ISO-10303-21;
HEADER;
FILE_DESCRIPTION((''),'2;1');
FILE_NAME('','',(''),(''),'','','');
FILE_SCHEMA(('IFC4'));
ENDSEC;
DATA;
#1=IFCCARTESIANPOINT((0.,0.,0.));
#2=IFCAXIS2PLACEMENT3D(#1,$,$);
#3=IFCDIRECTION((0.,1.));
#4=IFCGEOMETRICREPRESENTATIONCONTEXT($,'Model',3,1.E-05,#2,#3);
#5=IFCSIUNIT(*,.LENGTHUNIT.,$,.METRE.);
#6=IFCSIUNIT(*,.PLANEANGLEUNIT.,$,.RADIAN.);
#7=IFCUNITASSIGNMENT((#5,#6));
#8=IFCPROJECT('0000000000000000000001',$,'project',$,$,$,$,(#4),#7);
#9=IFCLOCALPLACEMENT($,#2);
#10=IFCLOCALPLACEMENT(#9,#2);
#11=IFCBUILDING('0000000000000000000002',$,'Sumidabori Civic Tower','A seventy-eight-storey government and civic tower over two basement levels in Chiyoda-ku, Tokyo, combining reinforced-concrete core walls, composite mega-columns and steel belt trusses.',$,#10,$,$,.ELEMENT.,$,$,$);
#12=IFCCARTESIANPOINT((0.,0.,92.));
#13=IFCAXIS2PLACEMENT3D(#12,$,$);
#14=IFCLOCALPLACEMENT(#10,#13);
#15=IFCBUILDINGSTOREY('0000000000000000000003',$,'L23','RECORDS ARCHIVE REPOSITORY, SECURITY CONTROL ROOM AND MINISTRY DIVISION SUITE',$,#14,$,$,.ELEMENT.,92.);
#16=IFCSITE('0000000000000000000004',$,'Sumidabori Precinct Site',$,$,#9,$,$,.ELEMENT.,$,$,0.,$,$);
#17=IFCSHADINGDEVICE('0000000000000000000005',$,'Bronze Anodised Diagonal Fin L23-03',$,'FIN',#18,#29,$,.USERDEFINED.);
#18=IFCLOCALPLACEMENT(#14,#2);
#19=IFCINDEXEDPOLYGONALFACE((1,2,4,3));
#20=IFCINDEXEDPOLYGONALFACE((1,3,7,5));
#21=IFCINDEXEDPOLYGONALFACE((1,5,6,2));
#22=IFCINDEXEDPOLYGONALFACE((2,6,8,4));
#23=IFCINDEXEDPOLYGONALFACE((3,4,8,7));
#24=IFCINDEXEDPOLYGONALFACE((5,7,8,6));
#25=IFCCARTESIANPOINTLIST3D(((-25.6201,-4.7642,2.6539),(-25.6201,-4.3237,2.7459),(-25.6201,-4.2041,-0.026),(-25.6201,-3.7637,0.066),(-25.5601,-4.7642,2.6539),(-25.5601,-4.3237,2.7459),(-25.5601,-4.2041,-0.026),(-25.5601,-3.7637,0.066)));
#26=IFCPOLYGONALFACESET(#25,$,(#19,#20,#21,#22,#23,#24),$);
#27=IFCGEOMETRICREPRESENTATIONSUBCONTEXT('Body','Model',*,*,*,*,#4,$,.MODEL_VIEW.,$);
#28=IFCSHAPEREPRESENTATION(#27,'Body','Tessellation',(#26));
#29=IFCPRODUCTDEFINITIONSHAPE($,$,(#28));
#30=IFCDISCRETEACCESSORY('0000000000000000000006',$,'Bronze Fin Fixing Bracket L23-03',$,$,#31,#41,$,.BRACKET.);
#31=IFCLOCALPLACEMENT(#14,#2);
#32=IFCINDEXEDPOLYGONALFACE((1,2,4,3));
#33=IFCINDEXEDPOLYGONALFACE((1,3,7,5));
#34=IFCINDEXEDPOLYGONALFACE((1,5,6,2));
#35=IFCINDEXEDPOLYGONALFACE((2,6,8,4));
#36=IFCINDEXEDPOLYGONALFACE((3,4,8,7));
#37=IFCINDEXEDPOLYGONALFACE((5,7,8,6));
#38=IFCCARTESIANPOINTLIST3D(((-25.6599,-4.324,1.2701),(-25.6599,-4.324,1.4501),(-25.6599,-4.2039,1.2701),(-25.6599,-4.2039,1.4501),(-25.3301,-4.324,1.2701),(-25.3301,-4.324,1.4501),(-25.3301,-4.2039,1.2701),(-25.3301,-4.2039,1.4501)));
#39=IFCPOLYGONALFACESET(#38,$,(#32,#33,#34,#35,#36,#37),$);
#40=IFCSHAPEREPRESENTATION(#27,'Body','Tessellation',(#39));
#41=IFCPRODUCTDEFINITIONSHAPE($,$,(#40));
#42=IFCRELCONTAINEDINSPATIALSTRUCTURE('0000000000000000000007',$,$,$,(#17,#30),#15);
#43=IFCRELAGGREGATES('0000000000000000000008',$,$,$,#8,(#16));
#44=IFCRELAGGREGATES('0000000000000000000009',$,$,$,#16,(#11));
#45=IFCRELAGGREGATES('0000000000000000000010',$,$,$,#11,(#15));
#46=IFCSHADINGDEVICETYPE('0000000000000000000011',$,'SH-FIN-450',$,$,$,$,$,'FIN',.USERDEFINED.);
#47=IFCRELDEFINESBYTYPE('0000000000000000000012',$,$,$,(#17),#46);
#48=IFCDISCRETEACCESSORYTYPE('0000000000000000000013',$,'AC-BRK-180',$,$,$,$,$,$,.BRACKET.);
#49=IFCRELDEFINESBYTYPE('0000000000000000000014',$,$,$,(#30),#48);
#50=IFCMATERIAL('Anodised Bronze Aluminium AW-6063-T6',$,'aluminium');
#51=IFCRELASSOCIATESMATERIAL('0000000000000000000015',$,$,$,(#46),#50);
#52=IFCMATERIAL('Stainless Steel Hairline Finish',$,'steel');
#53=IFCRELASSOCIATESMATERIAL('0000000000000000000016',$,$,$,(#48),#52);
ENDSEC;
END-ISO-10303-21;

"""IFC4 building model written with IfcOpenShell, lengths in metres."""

from ifc_helpers import new_model, si_unit, direction, frame, origin, origin_2d, place, context, subcontext, project, spatial, rectangle, extrude, source, transform, mapped, material, material_profile, profile_set, type_object, element, save


model = new_model("IFC4")

# Units and contexts
model_context = context("Model", 3, precision=1e-05, world=origin(), true_north=direction((0.0, 1.0)))
body_context = subcontext(model_context, "Body", "Model", "MODEL_VIEW")
ifc_project = project(units=[si_unit("LENGTHUNIT", "METRE"), si_unit("PLANEANGLEUNIT", "RADIAN")], contexts=[model_context])

# Site, building, storey
site_placement = place(None, origin())
site = spatial("IfcSite", under=ifc_project, at=site_placement, Name="Sumidabori Precinct Site", CompositionType="ELEMENT", RefElevation=0.0)
building_placement = place(site_placement, origin())
building = spatial("IfcBuilding", under=site, at=building_placement, Name="Sumidabori Civic Tower", Description="A seventy-eight-storey government and civic tower over two basement levels in Chiyoda-ku, Tokyo, combining reinforced-concrete core walls, composite mega-columns and steel belt trusses.", CompositionType="ELEMENT")
storey_placement = place(building_placement, frame((0.0, 0.0, 92.0)))
storey = spatial("IfcBuildingStorey", under=building, at=storey_placement, Name="L23", Description="RECORDS ARCHIVE REPOSITORY, SECURITY CONTROL ROOM AND MINISTRY DIVISION SUITE", CompositionType="ELEMENT", Elevation=92.0)

# Shared definitions
ifc_material_1 = material(Name="Anodised Bronze Aluminium AW-6063-T6", Category="aluminium")

# Shading device
ifc_material_profile_1 = material_profile(ifc_material_1, rectangle(XDim=0.0601, YDim=0.45, at=origin_2d()), Name="BRONZE FIN 450x60")
ifc_profile_set_1 = profile_set([ifc_material_profile_1], Name="Anodised Bronze Aluminium AW-6063-T6")
shading_device_type = type_object("IfcShadingDeviceType", Name="SH-FIN-450", ElementType="FIN", PredefinedType="USERDEFINED", material=ifc_profile_set_1)
shared_shape_1 = source(origin(), body_context, "Body", "SweptSolid", [
    extrude(rectangle(XDim=0.0601, YDim=0.45, at=origin_2d()), origin(), (0.0, 0.0, 1.0), 2.7378),
])
shading_device_placement = place(storey_placement, frame((-25.5901, -3.9839, 0.02), z_axis=(0.0, -0.204563, 0.978853), x_axis=(-1.0, 0.0, 0.0)))
element("IfcShadingDevice", 1, at=shading_device_placement, inside=storey, type_object=shading_device_type, Name="Bronze Anodised Diagonal Fin L23-03", ObjectType="FIN", PredefinedType="USERDEFINED", context=body_context, shape_type="MappedRepresentation", body=[
    mapped(shared_shape_1, transform((0.0, 0.0, 0.0), x_axis=(1.0, 0.0, 0.0), y_axis=(0.0, 1.0, 0.0), z_axis=(0.0, 0.0, 1.0), scale=1.0)),
])

# Discrete accessory
ifc_material_2 = material(Name="Stainless Steel Hairline Finish", Category="steel")
ifc_material_profile_2 = material_profile(ifc_material_2, rectangle(XDim=0.1201, YDim=0.1799, at=origin_2d()), Name="STEEL BRACKET 180x120")
ifc_profile_set_2 = profile_set([ifc_material_profile_2], Name="Stainless Steel Hairline Finish")
discrete_accessory_type = type_object("IfcDiscreteAccessoryType", Name="AC-BRK-180", PredefinedType="BRACKET", material=ifc_profile_set_2)
shared_shape_2 = source(origin(), body_context, "Body", "SweptSolid", [
    extrude(rectangle(XDim=0.1201, YDim=0.1799, at=origin_2d()), origin(), (0.0, 0.0, 1.0), 0.3298),
])
discrete_accessory_placement = place(storey_placement, frame((-25.3301, -4.2639, 1.3601), z_axis=(-1.0, 0.0, 0.0), x_axis=(0.0, -1.0, 0.0)))
element("IfcDiscreteAccessory", 2, at=discrete_accessory_placement, inside=storey, type_object=discrete_accessory_type, Name="Bronze Fin Fixing Bracket L23-03", PredefinedType="BRACKET", context=body_context, shape_type="MappedRepresentation", body=[
    mapped(shared_shape_2, transform((0.0, 0.0, 0.0), x_axis=(1.0, 0.0, 0.0), y_axis=(0.0, 1.0, 0.0), z_axis=(0.0, 0.0, 1.0), scale=1.0)),
])

save(model, "model.ifc")
